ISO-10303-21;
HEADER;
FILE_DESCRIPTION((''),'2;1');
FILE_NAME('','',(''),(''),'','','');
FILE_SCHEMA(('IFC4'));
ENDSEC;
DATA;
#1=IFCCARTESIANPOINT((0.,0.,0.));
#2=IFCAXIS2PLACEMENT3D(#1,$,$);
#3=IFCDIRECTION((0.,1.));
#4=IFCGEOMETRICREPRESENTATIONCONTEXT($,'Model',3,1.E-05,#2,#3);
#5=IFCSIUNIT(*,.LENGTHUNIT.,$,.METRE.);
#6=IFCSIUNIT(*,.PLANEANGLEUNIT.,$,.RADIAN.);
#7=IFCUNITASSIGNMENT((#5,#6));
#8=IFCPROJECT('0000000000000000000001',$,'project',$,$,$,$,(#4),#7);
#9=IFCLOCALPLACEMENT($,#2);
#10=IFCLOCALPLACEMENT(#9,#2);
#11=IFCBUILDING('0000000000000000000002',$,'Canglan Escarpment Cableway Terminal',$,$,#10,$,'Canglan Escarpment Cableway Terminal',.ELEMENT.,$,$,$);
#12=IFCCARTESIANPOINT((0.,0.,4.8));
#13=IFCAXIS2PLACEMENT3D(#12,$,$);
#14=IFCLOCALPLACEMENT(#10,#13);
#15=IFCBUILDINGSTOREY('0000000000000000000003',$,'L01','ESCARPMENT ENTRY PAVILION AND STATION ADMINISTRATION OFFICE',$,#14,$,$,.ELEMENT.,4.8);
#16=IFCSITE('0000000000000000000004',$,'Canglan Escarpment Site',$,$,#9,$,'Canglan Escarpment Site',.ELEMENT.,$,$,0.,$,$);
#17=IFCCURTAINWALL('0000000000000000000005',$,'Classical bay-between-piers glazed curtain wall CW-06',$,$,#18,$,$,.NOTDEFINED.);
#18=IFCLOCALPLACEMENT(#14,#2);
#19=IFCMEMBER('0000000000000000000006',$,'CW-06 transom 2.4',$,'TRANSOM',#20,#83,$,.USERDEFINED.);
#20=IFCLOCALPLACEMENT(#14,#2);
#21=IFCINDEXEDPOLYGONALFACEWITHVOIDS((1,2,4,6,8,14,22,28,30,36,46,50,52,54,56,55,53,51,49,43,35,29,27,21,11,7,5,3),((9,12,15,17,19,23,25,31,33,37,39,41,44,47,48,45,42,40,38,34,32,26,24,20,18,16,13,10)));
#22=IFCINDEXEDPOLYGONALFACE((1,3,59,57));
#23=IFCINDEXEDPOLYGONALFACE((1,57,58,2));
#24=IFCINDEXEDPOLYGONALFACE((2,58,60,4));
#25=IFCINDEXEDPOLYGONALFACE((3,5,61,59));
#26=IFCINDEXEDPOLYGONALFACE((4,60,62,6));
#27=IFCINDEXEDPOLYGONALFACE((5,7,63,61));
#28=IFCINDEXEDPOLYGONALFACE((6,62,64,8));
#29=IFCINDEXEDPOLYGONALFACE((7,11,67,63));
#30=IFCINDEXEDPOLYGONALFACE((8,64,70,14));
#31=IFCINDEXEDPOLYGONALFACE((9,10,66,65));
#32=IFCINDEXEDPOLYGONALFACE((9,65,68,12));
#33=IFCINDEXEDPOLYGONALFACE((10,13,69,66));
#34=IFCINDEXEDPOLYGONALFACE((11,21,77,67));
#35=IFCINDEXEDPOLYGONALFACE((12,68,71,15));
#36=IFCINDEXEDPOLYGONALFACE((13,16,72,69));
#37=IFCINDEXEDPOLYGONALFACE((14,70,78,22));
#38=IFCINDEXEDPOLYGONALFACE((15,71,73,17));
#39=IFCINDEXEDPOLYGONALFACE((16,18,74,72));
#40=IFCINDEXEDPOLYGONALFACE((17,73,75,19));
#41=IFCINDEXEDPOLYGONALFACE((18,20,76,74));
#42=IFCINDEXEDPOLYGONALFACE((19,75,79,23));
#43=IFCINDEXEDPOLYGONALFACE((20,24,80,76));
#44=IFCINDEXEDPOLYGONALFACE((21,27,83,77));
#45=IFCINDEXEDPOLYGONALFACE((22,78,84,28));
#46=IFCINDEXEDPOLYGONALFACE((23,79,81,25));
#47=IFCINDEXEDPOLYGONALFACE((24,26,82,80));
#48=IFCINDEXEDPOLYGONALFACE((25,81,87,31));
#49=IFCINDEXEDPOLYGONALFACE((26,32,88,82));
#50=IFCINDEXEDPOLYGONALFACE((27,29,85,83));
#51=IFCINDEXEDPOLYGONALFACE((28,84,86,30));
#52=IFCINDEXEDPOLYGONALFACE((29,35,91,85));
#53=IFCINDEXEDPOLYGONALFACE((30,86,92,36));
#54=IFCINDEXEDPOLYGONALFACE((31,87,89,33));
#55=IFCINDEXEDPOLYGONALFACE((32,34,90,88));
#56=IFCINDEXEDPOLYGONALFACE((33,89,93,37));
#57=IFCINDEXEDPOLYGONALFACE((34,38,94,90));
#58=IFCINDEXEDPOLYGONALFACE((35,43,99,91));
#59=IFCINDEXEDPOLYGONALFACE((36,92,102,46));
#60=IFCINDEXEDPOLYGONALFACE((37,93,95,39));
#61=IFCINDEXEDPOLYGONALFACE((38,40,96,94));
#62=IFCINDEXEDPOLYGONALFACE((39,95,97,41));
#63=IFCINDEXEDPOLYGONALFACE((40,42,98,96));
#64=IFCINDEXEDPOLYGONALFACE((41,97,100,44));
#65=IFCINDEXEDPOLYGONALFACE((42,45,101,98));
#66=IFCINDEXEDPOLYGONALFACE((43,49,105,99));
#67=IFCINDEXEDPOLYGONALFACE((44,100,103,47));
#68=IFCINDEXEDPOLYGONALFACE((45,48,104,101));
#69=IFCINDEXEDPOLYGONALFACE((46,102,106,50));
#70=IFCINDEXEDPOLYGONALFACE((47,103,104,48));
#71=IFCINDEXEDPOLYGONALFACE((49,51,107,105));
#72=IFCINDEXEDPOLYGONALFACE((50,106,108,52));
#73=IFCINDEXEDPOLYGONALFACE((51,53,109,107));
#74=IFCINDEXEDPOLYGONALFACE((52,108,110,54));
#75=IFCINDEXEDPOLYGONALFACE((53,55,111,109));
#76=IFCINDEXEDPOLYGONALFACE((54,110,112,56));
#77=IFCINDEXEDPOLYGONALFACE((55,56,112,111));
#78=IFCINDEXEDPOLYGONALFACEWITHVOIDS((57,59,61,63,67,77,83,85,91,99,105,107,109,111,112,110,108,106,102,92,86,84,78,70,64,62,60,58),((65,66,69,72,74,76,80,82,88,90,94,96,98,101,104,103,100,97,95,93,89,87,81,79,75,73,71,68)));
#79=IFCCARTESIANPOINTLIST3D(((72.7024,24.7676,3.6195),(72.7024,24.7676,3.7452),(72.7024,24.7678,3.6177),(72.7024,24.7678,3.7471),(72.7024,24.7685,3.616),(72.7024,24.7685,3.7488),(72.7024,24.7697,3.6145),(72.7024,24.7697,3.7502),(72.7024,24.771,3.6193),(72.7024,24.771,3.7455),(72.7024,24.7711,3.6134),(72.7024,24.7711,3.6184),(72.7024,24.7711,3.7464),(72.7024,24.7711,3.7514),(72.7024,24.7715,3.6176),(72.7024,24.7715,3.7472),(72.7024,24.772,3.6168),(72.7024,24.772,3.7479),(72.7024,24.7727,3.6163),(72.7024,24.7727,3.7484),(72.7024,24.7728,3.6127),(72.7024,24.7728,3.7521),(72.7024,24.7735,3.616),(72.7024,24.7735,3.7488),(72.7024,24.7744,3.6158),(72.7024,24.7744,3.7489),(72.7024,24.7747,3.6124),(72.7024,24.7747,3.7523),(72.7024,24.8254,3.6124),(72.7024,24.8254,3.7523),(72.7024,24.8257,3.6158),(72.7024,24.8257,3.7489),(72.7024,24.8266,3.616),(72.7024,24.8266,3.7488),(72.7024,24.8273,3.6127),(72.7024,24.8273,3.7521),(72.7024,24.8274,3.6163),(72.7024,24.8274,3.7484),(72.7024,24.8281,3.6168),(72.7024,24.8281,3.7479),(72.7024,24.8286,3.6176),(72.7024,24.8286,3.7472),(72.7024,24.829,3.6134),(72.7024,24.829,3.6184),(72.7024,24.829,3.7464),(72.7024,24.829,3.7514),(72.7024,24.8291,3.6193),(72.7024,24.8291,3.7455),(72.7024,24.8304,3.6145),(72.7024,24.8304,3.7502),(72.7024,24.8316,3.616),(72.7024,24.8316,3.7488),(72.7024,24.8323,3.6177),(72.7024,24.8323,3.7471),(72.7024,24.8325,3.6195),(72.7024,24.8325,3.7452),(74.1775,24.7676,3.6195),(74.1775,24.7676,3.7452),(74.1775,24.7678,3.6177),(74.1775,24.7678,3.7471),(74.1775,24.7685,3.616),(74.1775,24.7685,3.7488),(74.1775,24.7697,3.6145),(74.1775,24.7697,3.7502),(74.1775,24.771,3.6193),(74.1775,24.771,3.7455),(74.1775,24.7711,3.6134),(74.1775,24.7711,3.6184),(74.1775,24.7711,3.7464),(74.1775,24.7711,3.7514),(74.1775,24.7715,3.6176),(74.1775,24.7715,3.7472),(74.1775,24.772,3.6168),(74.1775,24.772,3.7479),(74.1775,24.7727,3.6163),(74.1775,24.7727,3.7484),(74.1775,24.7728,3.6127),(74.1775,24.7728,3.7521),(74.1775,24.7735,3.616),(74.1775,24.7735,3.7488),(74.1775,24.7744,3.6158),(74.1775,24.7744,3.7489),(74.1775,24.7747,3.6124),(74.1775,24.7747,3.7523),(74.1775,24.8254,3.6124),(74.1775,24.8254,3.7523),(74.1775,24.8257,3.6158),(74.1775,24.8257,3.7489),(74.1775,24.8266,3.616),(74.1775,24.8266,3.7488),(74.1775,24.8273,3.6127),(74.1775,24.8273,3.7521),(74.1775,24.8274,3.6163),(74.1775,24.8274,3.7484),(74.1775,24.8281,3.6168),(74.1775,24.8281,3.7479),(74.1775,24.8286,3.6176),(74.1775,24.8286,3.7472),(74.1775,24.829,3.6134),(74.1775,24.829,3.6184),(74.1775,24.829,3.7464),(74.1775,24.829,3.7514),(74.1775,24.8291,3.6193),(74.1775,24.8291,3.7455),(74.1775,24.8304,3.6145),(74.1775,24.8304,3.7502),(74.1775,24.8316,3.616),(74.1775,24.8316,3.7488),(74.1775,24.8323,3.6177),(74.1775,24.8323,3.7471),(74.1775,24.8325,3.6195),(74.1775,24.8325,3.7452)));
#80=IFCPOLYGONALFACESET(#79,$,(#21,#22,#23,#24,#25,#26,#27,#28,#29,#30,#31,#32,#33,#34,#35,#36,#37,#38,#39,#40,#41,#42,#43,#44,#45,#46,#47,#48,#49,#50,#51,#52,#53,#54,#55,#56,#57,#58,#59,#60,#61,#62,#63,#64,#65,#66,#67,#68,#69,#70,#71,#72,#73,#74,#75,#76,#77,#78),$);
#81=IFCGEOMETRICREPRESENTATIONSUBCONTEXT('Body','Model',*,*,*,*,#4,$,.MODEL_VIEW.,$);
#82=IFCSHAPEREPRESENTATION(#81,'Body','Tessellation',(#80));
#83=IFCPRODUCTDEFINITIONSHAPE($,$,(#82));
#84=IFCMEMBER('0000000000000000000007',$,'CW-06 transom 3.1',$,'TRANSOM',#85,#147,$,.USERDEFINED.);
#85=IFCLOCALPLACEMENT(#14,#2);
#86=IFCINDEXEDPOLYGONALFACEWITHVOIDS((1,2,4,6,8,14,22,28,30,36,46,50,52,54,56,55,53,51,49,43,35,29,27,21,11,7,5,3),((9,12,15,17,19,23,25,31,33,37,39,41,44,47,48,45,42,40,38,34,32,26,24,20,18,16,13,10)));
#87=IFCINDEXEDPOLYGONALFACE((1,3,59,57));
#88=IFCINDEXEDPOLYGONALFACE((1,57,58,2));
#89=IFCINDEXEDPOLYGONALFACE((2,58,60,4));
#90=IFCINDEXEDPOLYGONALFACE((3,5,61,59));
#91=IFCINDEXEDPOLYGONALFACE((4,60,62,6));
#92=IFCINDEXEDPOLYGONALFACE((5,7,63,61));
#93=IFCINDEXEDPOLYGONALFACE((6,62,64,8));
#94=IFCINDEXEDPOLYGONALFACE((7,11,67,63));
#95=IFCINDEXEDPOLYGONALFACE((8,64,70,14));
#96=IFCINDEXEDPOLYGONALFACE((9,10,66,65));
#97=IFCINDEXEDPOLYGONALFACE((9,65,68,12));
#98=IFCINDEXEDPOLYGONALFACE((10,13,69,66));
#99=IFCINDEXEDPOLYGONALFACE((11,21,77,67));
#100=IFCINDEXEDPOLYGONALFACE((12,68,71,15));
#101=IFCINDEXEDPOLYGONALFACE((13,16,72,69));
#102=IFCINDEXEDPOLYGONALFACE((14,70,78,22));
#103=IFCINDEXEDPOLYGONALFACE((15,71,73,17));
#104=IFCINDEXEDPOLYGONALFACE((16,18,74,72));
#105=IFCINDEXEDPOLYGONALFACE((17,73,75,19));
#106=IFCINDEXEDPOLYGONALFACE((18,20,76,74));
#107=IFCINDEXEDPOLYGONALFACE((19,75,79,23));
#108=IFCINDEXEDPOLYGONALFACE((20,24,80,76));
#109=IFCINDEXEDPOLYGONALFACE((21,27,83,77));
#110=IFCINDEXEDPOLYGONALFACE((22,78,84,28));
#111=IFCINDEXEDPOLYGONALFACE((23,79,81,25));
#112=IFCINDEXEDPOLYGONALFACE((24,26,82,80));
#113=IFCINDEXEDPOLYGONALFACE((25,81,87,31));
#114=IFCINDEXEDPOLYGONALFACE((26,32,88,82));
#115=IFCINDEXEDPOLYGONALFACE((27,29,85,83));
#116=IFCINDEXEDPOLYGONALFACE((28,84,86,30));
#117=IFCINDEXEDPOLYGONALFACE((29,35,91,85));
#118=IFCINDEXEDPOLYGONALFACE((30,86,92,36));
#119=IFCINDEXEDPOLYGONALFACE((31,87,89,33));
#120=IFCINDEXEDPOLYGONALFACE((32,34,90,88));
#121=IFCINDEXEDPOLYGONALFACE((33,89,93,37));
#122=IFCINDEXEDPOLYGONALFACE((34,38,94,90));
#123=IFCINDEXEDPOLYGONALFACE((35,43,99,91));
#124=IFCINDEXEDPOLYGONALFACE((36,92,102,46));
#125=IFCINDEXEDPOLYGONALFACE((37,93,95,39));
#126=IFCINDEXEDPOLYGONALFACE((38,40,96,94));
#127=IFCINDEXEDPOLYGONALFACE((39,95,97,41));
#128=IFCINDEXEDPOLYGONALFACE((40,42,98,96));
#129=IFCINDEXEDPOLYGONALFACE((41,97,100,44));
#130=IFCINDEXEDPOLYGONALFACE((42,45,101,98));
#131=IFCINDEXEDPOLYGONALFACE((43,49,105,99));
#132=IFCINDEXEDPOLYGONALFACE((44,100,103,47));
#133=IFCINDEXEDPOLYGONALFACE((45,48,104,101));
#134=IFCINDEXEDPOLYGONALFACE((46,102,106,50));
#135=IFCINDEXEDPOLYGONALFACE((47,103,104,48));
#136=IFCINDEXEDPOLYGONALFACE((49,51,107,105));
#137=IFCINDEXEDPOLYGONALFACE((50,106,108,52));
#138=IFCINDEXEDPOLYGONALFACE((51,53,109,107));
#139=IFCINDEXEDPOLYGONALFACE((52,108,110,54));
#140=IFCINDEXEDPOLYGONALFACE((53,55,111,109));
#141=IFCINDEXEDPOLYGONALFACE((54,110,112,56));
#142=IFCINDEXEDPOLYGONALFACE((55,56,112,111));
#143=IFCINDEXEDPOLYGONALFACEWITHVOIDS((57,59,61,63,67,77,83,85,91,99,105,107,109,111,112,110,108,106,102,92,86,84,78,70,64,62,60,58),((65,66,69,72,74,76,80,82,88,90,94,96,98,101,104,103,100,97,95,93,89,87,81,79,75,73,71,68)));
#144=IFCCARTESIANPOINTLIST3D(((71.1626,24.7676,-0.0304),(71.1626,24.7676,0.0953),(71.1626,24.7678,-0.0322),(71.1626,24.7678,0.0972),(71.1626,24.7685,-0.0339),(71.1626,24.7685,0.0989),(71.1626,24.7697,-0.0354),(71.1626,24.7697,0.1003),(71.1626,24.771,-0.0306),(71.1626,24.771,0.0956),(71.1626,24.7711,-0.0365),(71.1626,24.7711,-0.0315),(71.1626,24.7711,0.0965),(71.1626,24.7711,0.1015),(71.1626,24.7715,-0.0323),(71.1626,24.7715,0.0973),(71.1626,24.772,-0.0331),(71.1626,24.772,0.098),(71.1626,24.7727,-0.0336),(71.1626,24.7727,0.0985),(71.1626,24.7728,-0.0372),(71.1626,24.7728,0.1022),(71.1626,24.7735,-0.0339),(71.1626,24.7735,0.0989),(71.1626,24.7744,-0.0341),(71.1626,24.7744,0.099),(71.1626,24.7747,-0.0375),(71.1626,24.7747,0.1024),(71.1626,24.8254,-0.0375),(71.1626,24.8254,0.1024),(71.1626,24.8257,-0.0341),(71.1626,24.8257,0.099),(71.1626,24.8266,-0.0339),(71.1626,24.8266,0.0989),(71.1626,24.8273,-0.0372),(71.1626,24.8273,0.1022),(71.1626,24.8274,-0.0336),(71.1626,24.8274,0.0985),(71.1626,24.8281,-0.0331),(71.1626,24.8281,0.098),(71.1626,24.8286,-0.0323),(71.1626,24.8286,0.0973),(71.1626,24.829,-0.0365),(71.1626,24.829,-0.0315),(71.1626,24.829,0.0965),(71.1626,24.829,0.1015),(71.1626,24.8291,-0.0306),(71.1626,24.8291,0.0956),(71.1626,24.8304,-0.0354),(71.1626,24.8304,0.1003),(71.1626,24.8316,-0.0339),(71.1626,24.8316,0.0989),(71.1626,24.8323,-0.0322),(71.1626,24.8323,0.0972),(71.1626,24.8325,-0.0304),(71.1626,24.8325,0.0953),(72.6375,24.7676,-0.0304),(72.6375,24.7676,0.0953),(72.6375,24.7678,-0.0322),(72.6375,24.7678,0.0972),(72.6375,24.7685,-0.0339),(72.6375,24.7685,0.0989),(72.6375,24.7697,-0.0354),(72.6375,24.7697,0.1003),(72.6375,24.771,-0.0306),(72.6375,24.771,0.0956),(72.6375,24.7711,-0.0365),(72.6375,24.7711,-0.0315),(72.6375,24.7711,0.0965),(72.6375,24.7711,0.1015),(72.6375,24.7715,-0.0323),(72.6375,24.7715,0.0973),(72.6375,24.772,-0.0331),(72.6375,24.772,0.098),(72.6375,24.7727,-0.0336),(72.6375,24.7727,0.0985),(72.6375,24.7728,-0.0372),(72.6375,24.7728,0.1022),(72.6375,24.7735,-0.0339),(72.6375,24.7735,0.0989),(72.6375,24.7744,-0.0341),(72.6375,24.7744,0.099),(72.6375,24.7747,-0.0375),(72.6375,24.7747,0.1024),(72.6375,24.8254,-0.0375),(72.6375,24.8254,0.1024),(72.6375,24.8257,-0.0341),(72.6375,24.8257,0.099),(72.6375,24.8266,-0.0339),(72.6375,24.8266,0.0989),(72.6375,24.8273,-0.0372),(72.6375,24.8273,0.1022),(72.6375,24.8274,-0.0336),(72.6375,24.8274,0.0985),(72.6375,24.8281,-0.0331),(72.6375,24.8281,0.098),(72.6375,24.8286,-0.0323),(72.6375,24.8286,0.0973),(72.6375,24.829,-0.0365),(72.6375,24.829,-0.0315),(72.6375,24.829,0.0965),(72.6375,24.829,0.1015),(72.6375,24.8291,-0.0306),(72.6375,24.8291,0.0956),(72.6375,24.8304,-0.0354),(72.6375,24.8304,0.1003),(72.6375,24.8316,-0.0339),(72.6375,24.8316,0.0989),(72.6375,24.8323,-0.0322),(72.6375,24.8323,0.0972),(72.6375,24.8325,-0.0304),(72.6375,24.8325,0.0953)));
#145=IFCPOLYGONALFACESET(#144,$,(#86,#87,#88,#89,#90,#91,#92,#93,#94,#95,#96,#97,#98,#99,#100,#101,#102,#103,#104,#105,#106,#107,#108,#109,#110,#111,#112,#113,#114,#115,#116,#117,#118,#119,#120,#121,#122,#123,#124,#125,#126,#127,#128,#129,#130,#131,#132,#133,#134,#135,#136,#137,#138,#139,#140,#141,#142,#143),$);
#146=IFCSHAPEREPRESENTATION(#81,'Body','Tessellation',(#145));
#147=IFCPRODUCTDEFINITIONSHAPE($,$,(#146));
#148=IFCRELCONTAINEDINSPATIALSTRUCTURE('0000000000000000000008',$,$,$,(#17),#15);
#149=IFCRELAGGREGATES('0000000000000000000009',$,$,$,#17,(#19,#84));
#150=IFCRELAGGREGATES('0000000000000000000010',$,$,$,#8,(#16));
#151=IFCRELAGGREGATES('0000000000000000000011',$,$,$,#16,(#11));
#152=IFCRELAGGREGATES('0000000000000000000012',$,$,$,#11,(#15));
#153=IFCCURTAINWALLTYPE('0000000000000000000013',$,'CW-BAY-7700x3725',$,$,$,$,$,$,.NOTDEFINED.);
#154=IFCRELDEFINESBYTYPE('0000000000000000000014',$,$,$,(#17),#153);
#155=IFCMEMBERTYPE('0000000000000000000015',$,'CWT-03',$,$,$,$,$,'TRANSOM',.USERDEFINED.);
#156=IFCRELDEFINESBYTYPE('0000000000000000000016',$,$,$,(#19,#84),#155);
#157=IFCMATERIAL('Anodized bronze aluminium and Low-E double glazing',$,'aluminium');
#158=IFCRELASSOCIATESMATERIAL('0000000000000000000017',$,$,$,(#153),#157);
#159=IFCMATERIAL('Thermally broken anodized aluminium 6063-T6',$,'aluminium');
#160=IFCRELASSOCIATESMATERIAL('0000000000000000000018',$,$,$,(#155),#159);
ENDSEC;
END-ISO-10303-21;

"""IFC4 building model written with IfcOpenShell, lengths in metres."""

from ifc_helpers import new_model, si_unit, direction, frame, origin, origin_2d, place, context, subcontext, project, spatial, hollow_rectangle, extrude, material, material_profile, profile_set, type_object, element, aggregate, save


model = new_model("IFC4")

# Units and contexts
model_context = context("Model", 3, precision=1e-05, world=origin(), true_north=direction((0.0, 1.0)))
body_context = subcontext(model_context, "Body", "Model", "MODEL_VIEW")
ifc_project = project(units=[si_unit("LENGTHUNIT", "METRE"), si_unit("PLANEANGLEUNIT", "RADIAN")], contexts=[model_context])

# Site, building, storey
site_placement = place(None, origin())
site = spatial("IfcSite", under=ifc_project, at=site_placement, Name="Canglan Escarpment Site", LongName="Canglan Escarpment Site", CompositionType="ELEMENT", RefElevation=0.0)
building_placement = place(site_placement, origin())
building = spatial("IfcBuilding", under=site, at=building_placement, Name="Canglan Escarpment Cableway Terminal", LongName="Canglan Escarpment Cableway Terminal", CompositionType="ELEMENT")
storey_placement = place(building_placement, frame((0.0, 0.0, 4.8)))
storey = spatial("IfcBuildingStorey", under=building, at=storey_placement, Name="L01", Description="ESCARPMENT ENTRY PAVILION AND STATION ADMINISTRATION OFFICE", CompositionType="ELEMENT", Elevation=4.8)

# Curtain wall, members
ifc_material_1 = material(Name="Anodized bronze aluminium and Low-E double glazing", Category="aluminium")
curtain_wall_type = type_object("IfcCurtainWallType", Name="CW-BAY-7700x3725", PredefinedType="NOTDEFINED", material=ifc_material_1)
curtain_wall_placement = place(storey_placement, origin())
curtain_wall = element("IfcCurtainWall", 1, at=curtain_wall_placement, inside=storey, type_object=curtain_wall_type, Name="Classical bay-between-piers glazed curtain wall CW-06", PredefinedType="NOTDEFINED")
ifc_material_2 = material(Name="Thermally broken anodized aluminium 6063-T6", Category="aluminium")
ifc_material_profile_1 = material_profile(ifc_material_2, hollow_rectangle(XDim=0.0649, YDim=0.1399, WallThickness=0.0034, InnerFilletRadius=0.0034, OuterFilletRadius=0.0071, at=origin_2d()), Name="ALU-TRAN 65x140x3.5")
ifc_profile_set_1 = profile_set([ifc_material_profile_1], Name="Thermally broken anodized aluminium 6063-T6")
member_type_1 = type_object("IfcMemberType", Name="CWT-03", ElementType="TRANSOM", PredefinedType="USERDEFINED", material=ifc_profile_set_1)
member_1_placement = place(storey_placement, frame((74.1775, 24.8, 3.6824), z_axis=(-1.0, 0.0, 0.0), x_axis=(0.0, -1.0, 0.0)))
member_1 = element("IfcMember", 2, at=member_1_placement, type_object=member_type_1, Name="CW-06 transom 2.4", ObjectType="TRANSOM", PredefinedType="USERDEFINED", context=body_context, shape_type="SweptSolid", body=[
    extrude(hollow_rectangle(XDim=0.0649, YDim=0.1399, WallThickness=0.0034, InnerFilletRadius=0.0034, OuterFilletRadius=0.0071, at=origin_2d()), origin(), (0.0, 0.0, 1.0), 1.4751),
])
member_2_placement = place(storey_placement, frame((72.6375, 24.8, 0.0325), z_axis=(-1.0, 0.0, 0.0), x_axis=(0.0, -1.0, 0.0)))
member_2 = element("IfcMember", 3, at=member_2_placement, type_object=member_type_1, Name="CW-06 transom 3.1", ObjectType="TRANSOM", PredefinedType="USERDEFINED", context=body_context, shape_type="SweptSolid", body=[
    extrude(hollow_rectangle(XDim=0.0649, YDim=0.1399, WallThickness=0.0034, InnerFilletRadius=0.0034, OuterFilletRadius=0.0071, at=origin_2d()), origin(), (0.0, 0.0, 1.0), 1.4749),
])
aggregate(curtain_wall, [member_1, member_2])

save(model, "model.ifc")
